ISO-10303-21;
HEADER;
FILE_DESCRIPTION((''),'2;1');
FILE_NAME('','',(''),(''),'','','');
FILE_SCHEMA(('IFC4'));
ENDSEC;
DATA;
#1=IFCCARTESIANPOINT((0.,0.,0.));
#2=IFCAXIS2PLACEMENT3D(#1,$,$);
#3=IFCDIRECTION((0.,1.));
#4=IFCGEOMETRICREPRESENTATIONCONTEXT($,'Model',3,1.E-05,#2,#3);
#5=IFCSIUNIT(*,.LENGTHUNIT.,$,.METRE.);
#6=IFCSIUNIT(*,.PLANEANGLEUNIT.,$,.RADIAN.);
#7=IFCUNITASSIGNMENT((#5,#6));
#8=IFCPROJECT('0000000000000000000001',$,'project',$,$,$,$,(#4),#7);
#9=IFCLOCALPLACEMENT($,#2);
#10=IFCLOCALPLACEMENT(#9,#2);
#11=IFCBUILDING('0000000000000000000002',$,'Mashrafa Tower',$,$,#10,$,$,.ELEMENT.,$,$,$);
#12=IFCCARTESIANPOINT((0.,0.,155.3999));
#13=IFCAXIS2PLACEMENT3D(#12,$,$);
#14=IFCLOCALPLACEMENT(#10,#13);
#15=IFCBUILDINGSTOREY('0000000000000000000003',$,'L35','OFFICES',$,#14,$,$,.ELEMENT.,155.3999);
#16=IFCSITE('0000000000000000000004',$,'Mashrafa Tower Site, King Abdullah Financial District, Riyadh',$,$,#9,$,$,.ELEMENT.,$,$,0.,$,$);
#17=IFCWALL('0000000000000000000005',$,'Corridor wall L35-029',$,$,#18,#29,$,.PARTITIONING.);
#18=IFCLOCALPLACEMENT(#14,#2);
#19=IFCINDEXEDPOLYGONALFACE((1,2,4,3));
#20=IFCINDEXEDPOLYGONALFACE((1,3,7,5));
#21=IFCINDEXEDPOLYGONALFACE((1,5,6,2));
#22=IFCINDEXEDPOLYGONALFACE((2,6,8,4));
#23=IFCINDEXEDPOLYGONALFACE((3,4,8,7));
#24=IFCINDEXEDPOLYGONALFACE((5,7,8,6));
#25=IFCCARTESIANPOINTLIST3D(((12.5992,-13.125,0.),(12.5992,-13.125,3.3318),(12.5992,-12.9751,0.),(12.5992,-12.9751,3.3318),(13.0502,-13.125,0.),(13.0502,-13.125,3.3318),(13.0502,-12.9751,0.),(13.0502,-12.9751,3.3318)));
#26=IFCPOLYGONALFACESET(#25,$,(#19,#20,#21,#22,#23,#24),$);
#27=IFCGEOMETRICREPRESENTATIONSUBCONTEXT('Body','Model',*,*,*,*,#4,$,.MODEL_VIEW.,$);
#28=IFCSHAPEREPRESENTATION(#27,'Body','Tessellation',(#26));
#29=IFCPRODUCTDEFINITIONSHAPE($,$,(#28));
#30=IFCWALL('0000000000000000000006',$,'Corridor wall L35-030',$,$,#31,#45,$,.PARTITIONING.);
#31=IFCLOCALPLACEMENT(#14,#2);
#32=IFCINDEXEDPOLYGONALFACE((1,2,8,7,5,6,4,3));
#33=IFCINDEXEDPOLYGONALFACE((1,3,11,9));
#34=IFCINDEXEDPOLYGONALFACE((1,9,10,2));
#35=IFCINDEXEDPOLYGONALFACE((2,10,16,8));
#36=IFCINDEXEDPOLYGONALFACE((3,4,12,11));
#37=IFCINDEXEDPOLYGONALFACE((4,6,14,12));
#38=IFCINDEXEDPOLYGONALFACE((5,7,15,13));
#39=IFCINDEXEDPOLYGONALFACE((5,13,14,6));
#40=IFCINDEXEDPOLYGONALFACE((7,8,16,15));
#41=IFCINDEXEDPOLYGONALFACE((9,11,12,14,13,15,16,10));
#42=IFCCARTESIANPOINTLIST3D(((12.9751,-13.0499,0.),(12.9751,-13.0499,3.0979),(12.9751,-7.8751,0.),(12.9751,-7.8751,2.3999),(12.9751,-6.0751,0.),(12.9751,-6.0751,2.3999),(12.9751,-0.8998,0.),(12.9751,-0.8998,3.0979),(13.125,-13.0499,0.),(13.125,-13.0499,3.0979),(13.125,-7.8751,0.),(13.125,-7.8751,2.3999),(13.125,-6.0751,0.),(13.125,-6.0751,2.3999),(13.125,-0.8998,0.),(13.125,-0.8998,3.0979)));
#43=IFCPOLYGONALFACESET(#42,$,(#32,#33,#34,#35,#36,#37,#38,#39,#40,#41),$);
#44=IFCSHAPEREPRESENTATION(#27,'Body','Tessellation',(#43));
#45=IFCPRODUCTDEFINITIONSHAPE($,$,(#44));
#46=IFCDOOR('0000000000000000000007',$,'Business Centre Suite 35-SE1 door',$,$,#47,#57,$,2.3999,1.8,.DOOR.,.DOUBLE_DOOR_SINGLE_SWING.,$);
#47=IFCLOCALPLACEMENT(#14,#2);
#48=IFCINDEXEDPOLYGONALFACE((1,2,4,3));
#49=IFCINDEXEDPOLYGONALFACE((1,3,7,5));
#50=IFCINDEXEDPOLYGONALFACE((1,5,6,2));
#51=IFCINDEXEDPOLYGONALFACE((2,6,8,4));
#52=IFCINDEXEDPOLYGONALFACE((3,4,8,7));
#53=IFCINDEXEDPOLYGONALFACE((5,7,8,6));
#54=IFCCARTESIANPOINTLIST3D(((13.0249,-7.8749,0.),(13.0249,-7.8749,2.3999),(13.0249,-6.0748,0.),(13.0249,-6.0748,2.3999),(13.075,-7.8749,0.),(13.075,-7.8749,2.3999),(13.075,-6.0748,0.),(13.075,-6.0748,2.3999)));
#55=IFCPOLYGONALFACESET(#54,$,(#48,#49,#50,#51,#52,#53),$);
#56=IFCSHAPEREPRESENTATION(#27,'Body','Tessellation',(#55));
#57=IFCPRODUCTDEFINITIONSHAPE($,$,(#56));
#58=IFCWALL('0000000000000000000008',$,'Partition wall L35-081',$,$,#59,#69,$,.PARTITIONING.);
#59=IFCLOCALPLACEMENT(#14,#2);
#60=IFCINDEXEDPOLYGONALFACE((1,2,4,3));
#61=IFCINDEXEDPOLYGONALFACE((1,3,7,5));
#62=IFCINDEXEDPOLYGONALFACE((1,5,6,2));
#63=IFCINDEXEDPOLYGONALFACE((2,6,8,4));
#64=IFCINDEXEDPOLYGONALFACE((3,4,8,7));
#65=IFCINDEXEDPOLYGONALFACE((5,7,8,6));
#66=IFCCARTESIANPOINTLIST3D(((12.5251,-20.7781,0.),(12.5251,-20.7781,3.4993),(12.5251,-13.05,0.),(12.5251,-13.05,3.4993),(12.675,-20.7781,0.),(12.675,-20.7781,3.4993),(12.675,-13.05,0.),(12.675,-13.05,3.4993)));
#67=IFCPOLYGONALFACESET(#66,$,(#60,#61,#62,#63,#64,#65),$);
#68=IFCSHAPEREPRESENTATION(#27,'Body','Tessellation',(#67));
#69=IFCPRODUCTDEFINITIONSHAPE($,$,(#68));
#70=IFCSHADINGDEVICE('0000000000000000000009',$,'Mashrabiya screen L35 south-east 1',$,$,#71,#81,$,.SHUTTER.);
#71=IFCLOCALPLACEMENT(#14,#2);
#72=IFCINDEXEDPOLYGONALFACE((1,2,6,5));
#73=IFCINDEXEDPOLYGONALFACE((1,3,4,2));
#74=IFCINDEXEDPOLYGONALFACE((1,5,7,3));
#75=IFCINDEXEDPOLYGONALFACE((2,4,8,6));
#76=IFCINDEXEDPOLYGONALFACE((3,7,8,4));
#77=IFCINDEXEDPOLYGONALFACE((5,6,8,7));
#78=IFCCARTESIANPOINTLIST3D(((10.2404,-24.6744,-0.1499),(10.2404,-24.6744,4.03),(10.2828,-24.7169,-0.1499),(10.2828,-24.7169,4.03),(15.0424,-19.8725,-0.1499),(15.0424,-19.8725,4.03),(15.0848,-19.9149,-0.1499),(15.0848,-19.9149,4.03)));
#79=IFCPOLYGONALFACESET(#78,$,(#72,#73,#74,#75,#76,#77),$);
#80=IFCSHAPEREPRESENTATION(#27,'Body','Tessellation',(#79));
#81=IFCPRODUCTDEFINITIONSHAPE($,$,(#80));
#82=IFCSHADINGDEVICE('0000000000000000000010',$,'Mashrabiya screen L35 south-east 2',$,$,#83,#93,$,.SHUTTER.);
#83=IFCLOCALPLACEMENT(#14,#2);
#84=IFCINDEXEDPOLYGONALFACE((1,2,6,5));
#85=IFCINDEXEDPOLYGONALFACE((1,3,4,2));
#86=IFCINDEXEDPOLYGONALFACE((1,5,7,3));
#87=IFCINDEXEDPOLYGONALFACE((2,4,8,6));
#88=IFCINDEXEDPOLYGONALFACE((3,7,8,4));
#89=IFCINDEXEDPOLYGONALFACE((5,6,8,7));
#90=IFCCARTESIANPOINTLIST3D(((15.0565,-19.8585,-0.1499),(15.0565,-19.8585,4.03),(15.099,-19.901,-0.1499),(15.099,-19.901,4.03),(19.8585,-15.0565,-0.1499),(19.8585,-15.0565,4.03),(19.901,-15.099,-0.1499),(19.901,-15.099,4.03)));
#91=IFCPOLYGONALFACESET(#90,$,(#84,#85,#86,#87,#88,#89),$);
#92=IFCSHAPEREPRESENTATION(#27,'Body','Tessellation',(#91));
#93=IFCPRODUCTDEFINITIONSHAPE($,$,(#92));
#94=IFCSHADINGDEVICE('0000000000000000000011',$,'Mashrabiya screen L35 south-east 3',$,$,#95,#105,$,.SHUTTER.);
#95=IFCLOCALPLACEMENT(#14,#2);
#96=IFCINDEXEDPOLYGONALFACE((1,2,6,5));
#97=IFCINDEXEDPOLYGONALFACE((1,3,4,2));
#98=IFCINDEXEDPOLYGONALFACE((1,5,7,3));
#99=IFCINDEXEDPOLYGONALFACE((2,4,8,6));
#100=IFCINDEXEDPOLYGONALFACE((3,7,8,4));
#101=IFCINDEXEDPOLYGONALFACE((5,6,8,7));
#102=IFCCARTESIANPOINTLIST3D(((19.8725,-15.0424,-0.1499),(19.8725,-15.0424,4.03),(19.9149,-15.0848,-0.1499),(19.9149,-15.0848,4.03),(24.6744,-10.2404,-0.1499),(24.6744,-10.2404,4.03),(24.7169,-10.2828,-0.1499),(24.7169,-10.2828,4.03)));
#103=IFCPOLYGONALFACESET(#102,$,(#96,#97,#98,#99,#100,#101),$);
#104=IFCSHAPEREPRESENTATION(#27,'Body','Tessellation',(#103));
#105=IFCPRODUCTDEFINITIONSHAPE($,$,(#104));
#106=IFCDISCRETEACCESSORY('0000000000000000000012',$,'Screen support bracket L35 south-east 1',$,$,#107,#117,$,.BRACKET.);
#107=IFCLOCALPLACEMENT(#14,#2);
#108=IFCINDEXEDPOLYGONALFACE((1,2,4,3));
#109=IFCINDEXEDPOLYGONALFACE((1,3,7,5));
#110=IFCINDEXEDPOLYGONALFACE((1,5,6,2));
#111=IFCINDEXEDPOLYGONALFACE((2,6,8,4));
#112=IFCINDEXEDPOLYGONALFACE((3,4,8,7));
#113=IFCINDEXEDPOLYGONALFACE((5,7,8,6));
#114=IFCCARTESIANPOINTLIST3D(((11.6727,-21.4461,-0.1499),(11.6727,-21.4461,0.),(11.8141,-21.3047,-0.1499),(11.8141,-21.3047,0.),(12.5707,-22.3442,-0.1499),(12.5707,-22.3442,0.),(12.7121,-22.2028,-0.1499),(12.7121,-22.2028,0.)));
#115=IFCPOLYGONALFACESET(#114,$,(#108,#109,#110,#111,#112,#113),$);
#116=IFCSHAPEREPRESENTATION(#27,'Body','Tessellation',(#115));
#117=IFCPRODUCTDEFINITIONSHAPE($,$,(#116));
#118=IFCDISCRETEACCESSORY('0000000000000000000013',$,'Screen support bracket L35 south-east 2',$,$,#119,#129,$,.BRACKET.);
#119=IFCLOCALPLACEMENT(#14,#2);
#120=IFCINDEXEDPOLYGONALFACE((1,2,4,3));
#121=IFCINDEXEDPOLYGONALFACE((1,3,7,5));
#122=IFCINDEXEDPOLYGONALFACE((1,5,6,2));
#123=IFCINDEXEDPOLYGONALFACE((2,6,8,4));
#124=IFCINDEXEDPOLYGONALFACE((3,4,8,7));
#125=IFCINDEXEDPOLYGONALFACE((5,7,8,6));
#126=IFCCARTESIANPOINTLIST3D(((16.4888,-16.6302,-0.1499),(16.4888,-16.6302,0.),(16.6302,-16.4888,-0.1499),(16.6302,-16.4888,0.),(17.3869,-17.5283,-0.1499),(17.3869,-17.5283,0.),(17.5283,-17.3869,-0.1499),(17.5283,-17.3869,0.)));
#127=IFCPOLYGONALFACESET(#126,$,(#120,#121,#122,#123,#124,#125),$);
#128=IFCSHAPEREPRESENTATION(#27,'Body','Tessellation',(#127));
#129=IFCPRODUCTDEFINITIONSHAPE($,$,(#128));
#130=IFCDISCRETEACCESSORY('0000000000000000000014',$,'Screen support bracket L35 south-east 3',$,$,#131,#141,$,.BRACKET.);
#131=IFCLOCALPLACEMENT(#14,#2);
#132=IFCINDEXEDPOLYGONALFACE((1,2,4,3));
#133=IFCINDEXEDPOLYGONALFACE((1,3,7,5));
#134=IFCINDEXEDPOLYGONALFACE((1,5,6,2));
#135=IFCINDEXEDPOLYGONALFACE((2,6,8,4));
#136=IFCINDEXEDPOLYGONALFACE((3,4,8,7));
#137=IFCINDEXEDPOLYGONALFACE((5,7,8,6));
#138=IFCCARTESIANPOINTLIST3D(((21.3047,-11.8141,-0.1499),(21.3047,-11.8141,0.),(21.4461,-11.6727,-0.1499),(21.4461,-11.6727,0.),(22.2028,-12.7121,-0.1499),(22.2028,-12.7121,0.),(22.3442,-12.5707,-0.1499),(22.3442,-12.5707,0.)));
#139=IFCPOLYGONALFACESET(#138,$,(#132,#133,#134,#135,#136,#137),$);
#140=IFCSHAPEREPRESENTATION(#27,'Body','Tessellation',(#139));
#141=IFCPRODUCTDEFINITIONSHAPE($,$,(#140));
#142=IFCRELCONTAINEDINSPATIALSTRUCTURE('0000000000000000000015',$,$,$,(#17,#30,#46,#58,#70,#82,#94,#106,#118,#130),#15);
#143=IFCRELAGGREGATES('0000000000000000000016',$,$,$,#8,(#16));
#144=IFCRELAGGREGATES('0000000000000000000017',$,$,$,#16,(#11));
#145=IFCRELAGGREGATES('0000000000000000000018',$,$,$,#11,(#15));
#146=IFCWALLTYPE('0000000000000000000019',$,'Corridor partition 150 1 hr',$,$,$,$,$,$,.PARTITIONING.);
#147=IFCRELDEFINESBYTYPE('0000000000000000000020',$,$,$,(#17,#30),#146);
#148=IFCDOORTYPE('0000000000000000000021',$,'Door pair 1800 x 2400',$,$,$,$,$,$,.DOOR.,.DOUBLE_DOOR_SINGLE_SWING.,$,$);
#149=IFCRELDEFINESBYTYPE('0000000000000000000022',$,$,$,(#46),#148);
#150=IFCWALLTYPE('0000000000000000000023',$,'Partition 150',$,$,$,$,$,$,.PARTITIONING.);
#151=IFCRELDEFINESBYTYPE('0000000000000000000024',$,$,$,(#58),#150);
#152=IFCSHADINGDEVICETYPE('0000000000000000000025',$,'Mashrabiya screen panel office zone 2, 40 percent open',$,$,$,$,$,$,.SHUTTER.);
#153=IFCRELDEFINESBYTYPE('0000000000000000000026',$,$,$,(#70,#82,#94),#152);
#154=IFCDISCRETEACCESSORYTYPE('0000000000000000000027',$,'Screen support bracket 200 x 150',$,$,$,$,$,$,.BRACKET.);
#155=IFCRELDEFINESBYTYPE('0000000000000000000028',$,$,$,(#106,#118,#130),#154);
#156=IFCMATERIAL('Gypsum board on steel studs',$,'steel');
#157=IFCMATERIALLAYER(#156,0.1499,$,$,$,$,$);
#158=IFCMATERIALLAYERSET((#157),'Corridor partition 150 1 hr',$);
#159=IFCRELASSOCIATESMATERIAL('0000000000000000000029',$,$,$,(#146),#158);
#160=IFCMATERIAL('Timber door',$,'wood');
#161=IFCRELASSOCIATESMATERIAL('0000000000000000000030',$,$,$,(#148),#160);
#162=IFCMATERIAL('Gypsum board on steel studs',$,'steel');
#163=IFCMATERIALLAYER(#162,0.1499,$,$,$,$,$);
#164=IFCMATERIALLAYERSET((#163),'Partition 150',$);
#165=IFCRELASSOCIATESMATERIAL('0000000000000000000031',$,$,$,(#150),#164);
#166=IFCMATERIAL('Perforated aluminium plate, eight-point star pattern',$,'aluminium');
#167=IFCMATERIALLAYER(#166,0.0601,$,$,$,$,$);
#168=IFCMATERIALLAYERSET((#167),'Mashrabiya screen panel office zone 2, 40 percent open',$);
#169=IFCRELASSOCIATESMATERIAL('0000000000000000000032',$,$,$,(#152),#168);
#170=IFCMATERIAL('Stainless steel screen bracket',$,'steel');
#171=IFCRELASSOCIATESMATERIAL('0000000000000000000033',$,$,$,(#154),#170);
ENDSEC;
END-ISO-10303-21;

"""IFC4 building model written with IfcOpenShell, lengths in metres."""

from ifc_helpers import new_model, si_unit, direction, frame, frame_2d, origin, origin_2d, place, context, subcontext, project, spatial, rectangle, extrude, source, transform, mapped, material, layer, layer_set, type_object, type_shapes, element, fill, save


model = new_model("IFC4")

# Units and contexts
model_context = context("Model", 3, precision=1e-05, world=origin(), true_north=direction((0.0, 1.0)))
body_context = subcontext(model_context, "Body", "Model", "MODEL_VIEW")
ifc_project = project(units=[si_unit("LENGTHUNIT", "METRE"), si_unit("PLANEANGLEUNIT", "RADIAN")], contexts=[model_context])

# Site, building, storey
site_placement = place(None, origin())
site = spatial("IfcSite", under=ifc_project, at=site_placement, Name="Mashrafa Tower Site, King Abdullah Financial District, Riyadh", CompositionType="ELEMENT", RefElevation=0.0)
building_placement = place(site_placement, origin())
building = spatial("IfcBuilding", under=site, at=building_placement, Name="Mashrafa Tower", CompositionType="ELEMENT")
storey_placement = place(building_placement, frame((0.0, 0.0, 155.3999)))
storey = spatial("IfcBuildingStorey", under=building, at=storey_placement, Name="L35", Description="OFFICES", CompositionType="ELEMENT", Elevation=155.3999)

# Wall
ifc_material_1 = material(Name="Gypsum board on steel studs", Category="steel")
ifc_layer_1 = layer(ifc_material_1, 0.1499)
ifc_layer_set_1 = layer_set([ifc_layer_1], Name="Corridor partition 150 1 hr")
wall_type_1 = type_object("IfcWallType", Name="Corridor partition 150 1 hr", PredefinedType="PARTITIONING", material=ifc_layer_set_1)
wall_1_placement = place(storey_placement, frame((12.5991, -13.05, 0.0), z_axis=(0.0, 0.0, 1.0), x_axis=(1.0, 0.0, 0.0)))
element("IfcWall", 1, at=wall_1_placement, inside=storey, type_object=wall_type_1, Name="Corridor wall L35-029", PredefinedType="PARTITIONING", context=body_context, shape_type="SweptSolid", body=[
    extrude(rectangle(XDim=0.4509, YDim=0.1499, at=frame_2d((0.2256, 0.0))), origin(), (0.0, 0.0, 1.0), 3.3318),
])

# Wall, opening, door
wall_2_placement = place(storey_placement, frame((13.05, -13.05, 0.0), z_axis=(0.0, 0.0, 1.0), x_axis=(0.0, 1.0, 0.0)))
wall_2 = element("IfcWall", 2, at=wall_2_placement, inside=storey, type_object=wall_type_1, Name="Corridor wall L35-030", PredefinedType="PARTITIONING", context=body_context, shape_type="SweptSolid", body=[
    extrude(rectangle(XDim=12.1501, YDim=0.1499, at=frame_2d((6.0752, 0.0))), origin(), (0.0, 0.0, 1.0), 3.0979),
])
opening_placement = place(wall_2_placement, frame((5.175, 0.0, 0.0)))
opening = element("IfcOpeningElement", 3, at=opening_placement, cuts=wall_2, PredefinedType="OPENING", context=body_context, shape_type="SweptSolid", body=[
    extrude(rectangle(XDim=1.8, YDim=2.3999, at=frame_2d((0.8999, 1.2))), frame((0.0, 0.085, 0.0), z_axis=(0.0, -1.0, 0.0), x_axis=(1.0, 0.0, 0.0)), (0.0, 0.0, 1.0), 0.1699),
])
ifc_material_2 = material(Name="Timber door", Category="wood")
door_type = type_object("IfcDoorType", Name="Door pair 1800 x 2400", OperationType="DOUBLE_DOOR_SINGLE_SWING", PredefinedType="DOOR", material=ifc_material_2)
door_placement = place(opening_placement, frame((1.8, 0.0, 0.0), z_axis=(0.0, 0.0, 1.0), x_axis=(-1.0, 0.0, 0.0)))
door = element("IfcDoor", 4, at=door_placement, inside=storey, type_object=door_type, Name="Business Centre Suite 35-SE1 door", OperationType="DOUBLE_DOOR_SINGLE_SWING", OverallHeight=2.3999, OverallWidth=1.8, PredefinedType="DOOR", context=body_context, shape_type="SweptSolid", body=[
    extrude(rectangle(XDim=1.8, YDim=2.3999, at=frame_2d((0.8999, 1.2))), frame((0.0, 0.0249, 0.0), z_axis=(0.0, -1.0, 0.0), x_axis=(1.0, 0.0, 0.0)), (0.0, 0.0, 1.0), 0.05),
])
fill(opening, door)

# Wall
ifc_material_3 = material(Name="Gypsum board on steel studs", Category="steel")
ifc_layer_2 = layer(ifc_material_3, 0.1499)
ifc_layer_set_2 = layer_set([ifc_layer_2], Name="Partition 150")
wall_type_2 = type_object("IfcWallType", Name="Partition 150", PredefinedType="PARTITIONING", material=ifc_layer_set_2)
wall_3_placement = place(storey_placement, frame((12.6001, -13.05, 0.0), z_axis=(0.0, 0.0, 1.0), x_axis=(0.0, -1.0, 0.0)))
element("IfcWall", 5, at=wall_3_placement, inside=storey, type_object=wall_type_2, Name="Partition wall L35-081", PredefinedType="PARTITIONING", context=body_context, shape_type="SweptSolid", body=[
    extrude(rectangle(XDim=7.728, YDim=0.1499, at=frame_2d((3.864, 0.0))), origin(), (0.0, 0.0, 1.0), 3.4993),
])

# Shading devices
ifc_material_4 = material(Name="Perforated aluminium plate, eight-point star pattern", Category="aluminium")
ifc_layer_3 = layer(ifc_material_4, 0.0601)
ifc_layer_set_3 = layer_set([ifc_layer_3], Name="Mashrabiya screen panel office zone 2, 40 percent open")
shading_device_type = type_object("IfcShadingDeviceType", Name="Mashrabiya screen panel office zone 2, 40 percent open", PredefinedType="SHUTTER", material=ifc_layer_set_3)
shared_shape_1 = source(origin(), body_context, "Body", "SweptSolid", [
    extrude(rectangle(XDim=6.791, YDim=0.0601, at=origin_2d()), origin(), (0.0, 0.0, 1.0), 4.1799),
])
type_shapes(shading_device_type, [shared_shape_1])
for number, where, z_axis, x_axis, name in (
    (6, (12.6626, -22.2947, -0.1499), (0.0, 0.0, 1.0), (0.707107, 0.707107, 0.0), "Mashrabiya screen L35 south-east 1"),
    (7, (17.4788, -17.4788, -0.1499), (0.0, 0.0, 1.0), (0.707107, 0.707107, 0.0), "Mashrabiya screen L35 south-east 2"),
    (8, (22.2947, -12.6626, -0.1499), (0.0, 0.0, 1.0), (0.707107, 0.707107, 0.0), "Mashrabiya screen L35 south-east 3"),
):
    element("IfcShadingDevice", number, at=place(storey_placement, frame(where, z_axis=z_axis, x_axis=x_axis)), inside=storey, type_object=shading_device_type, Name=name, PredefinedType="SHUTTER", context=body_context, shape_type="MappedRepresentation", body=[
        mapped(shared_shape_1, transform((0.0, 0.0, 0.0))),
    ])

# Discrete accessories
ifc_material_5 = material(Name="Stainless steel screen bracket", Category="steel")
discrete_accessory_type = type_object("IfcDiscreteAccessoryType", Name="Screen support bracket 200 x 150", PredefinedType="BRACKET", material=ifc_material_5)
shared_shape_2 = source(origin(), body_context, "Body", "SweptSolid", [
    extrude(rectangle(XDim=0.2, YDim=1.27, at=origin_2d()), origin(), (0.0, 0.0, 1.0), 0.1499),
])
type_shapes(discrete_accessory_type, [shared_shape_2])
for number, where, z_axis, x_axis, name in (
    (9, (12.1924, -21.8245, -0.1499), (0.0, 0.0, 1.0), (0.707107, 0.707107, 0.0), "Screen support bracket L35 south-east 1"),
    (10, (17.0085, -17.0085, -0.1499), (0.0, 0.0, 1.0), (0.707107, 0.707107, 0.0), "Screen support bracket L35 south-east 2"),
    (11, (21.8245, -12.1924, -0.1499), (0.0, 0.0, 1.0), (0.707107, 0.707107, 0.0), "Screen support bracket L35 south-east 3"),
):
    element("IfcDiscreteAccessory", number, at=place(storey_placement, frame(where, z_axis=z_axis, x_axis=x_axis)), inside=storey, type_object=discrete_accessory_type, Name=name, PredefinedType="BRACKET", context=body_context, shape_type="MappedRepresentation", body=[
        mapped(shared_shape_2, transform((0.0, 0.0, 0.0))),
    ])

save(model, "model.ifc")
